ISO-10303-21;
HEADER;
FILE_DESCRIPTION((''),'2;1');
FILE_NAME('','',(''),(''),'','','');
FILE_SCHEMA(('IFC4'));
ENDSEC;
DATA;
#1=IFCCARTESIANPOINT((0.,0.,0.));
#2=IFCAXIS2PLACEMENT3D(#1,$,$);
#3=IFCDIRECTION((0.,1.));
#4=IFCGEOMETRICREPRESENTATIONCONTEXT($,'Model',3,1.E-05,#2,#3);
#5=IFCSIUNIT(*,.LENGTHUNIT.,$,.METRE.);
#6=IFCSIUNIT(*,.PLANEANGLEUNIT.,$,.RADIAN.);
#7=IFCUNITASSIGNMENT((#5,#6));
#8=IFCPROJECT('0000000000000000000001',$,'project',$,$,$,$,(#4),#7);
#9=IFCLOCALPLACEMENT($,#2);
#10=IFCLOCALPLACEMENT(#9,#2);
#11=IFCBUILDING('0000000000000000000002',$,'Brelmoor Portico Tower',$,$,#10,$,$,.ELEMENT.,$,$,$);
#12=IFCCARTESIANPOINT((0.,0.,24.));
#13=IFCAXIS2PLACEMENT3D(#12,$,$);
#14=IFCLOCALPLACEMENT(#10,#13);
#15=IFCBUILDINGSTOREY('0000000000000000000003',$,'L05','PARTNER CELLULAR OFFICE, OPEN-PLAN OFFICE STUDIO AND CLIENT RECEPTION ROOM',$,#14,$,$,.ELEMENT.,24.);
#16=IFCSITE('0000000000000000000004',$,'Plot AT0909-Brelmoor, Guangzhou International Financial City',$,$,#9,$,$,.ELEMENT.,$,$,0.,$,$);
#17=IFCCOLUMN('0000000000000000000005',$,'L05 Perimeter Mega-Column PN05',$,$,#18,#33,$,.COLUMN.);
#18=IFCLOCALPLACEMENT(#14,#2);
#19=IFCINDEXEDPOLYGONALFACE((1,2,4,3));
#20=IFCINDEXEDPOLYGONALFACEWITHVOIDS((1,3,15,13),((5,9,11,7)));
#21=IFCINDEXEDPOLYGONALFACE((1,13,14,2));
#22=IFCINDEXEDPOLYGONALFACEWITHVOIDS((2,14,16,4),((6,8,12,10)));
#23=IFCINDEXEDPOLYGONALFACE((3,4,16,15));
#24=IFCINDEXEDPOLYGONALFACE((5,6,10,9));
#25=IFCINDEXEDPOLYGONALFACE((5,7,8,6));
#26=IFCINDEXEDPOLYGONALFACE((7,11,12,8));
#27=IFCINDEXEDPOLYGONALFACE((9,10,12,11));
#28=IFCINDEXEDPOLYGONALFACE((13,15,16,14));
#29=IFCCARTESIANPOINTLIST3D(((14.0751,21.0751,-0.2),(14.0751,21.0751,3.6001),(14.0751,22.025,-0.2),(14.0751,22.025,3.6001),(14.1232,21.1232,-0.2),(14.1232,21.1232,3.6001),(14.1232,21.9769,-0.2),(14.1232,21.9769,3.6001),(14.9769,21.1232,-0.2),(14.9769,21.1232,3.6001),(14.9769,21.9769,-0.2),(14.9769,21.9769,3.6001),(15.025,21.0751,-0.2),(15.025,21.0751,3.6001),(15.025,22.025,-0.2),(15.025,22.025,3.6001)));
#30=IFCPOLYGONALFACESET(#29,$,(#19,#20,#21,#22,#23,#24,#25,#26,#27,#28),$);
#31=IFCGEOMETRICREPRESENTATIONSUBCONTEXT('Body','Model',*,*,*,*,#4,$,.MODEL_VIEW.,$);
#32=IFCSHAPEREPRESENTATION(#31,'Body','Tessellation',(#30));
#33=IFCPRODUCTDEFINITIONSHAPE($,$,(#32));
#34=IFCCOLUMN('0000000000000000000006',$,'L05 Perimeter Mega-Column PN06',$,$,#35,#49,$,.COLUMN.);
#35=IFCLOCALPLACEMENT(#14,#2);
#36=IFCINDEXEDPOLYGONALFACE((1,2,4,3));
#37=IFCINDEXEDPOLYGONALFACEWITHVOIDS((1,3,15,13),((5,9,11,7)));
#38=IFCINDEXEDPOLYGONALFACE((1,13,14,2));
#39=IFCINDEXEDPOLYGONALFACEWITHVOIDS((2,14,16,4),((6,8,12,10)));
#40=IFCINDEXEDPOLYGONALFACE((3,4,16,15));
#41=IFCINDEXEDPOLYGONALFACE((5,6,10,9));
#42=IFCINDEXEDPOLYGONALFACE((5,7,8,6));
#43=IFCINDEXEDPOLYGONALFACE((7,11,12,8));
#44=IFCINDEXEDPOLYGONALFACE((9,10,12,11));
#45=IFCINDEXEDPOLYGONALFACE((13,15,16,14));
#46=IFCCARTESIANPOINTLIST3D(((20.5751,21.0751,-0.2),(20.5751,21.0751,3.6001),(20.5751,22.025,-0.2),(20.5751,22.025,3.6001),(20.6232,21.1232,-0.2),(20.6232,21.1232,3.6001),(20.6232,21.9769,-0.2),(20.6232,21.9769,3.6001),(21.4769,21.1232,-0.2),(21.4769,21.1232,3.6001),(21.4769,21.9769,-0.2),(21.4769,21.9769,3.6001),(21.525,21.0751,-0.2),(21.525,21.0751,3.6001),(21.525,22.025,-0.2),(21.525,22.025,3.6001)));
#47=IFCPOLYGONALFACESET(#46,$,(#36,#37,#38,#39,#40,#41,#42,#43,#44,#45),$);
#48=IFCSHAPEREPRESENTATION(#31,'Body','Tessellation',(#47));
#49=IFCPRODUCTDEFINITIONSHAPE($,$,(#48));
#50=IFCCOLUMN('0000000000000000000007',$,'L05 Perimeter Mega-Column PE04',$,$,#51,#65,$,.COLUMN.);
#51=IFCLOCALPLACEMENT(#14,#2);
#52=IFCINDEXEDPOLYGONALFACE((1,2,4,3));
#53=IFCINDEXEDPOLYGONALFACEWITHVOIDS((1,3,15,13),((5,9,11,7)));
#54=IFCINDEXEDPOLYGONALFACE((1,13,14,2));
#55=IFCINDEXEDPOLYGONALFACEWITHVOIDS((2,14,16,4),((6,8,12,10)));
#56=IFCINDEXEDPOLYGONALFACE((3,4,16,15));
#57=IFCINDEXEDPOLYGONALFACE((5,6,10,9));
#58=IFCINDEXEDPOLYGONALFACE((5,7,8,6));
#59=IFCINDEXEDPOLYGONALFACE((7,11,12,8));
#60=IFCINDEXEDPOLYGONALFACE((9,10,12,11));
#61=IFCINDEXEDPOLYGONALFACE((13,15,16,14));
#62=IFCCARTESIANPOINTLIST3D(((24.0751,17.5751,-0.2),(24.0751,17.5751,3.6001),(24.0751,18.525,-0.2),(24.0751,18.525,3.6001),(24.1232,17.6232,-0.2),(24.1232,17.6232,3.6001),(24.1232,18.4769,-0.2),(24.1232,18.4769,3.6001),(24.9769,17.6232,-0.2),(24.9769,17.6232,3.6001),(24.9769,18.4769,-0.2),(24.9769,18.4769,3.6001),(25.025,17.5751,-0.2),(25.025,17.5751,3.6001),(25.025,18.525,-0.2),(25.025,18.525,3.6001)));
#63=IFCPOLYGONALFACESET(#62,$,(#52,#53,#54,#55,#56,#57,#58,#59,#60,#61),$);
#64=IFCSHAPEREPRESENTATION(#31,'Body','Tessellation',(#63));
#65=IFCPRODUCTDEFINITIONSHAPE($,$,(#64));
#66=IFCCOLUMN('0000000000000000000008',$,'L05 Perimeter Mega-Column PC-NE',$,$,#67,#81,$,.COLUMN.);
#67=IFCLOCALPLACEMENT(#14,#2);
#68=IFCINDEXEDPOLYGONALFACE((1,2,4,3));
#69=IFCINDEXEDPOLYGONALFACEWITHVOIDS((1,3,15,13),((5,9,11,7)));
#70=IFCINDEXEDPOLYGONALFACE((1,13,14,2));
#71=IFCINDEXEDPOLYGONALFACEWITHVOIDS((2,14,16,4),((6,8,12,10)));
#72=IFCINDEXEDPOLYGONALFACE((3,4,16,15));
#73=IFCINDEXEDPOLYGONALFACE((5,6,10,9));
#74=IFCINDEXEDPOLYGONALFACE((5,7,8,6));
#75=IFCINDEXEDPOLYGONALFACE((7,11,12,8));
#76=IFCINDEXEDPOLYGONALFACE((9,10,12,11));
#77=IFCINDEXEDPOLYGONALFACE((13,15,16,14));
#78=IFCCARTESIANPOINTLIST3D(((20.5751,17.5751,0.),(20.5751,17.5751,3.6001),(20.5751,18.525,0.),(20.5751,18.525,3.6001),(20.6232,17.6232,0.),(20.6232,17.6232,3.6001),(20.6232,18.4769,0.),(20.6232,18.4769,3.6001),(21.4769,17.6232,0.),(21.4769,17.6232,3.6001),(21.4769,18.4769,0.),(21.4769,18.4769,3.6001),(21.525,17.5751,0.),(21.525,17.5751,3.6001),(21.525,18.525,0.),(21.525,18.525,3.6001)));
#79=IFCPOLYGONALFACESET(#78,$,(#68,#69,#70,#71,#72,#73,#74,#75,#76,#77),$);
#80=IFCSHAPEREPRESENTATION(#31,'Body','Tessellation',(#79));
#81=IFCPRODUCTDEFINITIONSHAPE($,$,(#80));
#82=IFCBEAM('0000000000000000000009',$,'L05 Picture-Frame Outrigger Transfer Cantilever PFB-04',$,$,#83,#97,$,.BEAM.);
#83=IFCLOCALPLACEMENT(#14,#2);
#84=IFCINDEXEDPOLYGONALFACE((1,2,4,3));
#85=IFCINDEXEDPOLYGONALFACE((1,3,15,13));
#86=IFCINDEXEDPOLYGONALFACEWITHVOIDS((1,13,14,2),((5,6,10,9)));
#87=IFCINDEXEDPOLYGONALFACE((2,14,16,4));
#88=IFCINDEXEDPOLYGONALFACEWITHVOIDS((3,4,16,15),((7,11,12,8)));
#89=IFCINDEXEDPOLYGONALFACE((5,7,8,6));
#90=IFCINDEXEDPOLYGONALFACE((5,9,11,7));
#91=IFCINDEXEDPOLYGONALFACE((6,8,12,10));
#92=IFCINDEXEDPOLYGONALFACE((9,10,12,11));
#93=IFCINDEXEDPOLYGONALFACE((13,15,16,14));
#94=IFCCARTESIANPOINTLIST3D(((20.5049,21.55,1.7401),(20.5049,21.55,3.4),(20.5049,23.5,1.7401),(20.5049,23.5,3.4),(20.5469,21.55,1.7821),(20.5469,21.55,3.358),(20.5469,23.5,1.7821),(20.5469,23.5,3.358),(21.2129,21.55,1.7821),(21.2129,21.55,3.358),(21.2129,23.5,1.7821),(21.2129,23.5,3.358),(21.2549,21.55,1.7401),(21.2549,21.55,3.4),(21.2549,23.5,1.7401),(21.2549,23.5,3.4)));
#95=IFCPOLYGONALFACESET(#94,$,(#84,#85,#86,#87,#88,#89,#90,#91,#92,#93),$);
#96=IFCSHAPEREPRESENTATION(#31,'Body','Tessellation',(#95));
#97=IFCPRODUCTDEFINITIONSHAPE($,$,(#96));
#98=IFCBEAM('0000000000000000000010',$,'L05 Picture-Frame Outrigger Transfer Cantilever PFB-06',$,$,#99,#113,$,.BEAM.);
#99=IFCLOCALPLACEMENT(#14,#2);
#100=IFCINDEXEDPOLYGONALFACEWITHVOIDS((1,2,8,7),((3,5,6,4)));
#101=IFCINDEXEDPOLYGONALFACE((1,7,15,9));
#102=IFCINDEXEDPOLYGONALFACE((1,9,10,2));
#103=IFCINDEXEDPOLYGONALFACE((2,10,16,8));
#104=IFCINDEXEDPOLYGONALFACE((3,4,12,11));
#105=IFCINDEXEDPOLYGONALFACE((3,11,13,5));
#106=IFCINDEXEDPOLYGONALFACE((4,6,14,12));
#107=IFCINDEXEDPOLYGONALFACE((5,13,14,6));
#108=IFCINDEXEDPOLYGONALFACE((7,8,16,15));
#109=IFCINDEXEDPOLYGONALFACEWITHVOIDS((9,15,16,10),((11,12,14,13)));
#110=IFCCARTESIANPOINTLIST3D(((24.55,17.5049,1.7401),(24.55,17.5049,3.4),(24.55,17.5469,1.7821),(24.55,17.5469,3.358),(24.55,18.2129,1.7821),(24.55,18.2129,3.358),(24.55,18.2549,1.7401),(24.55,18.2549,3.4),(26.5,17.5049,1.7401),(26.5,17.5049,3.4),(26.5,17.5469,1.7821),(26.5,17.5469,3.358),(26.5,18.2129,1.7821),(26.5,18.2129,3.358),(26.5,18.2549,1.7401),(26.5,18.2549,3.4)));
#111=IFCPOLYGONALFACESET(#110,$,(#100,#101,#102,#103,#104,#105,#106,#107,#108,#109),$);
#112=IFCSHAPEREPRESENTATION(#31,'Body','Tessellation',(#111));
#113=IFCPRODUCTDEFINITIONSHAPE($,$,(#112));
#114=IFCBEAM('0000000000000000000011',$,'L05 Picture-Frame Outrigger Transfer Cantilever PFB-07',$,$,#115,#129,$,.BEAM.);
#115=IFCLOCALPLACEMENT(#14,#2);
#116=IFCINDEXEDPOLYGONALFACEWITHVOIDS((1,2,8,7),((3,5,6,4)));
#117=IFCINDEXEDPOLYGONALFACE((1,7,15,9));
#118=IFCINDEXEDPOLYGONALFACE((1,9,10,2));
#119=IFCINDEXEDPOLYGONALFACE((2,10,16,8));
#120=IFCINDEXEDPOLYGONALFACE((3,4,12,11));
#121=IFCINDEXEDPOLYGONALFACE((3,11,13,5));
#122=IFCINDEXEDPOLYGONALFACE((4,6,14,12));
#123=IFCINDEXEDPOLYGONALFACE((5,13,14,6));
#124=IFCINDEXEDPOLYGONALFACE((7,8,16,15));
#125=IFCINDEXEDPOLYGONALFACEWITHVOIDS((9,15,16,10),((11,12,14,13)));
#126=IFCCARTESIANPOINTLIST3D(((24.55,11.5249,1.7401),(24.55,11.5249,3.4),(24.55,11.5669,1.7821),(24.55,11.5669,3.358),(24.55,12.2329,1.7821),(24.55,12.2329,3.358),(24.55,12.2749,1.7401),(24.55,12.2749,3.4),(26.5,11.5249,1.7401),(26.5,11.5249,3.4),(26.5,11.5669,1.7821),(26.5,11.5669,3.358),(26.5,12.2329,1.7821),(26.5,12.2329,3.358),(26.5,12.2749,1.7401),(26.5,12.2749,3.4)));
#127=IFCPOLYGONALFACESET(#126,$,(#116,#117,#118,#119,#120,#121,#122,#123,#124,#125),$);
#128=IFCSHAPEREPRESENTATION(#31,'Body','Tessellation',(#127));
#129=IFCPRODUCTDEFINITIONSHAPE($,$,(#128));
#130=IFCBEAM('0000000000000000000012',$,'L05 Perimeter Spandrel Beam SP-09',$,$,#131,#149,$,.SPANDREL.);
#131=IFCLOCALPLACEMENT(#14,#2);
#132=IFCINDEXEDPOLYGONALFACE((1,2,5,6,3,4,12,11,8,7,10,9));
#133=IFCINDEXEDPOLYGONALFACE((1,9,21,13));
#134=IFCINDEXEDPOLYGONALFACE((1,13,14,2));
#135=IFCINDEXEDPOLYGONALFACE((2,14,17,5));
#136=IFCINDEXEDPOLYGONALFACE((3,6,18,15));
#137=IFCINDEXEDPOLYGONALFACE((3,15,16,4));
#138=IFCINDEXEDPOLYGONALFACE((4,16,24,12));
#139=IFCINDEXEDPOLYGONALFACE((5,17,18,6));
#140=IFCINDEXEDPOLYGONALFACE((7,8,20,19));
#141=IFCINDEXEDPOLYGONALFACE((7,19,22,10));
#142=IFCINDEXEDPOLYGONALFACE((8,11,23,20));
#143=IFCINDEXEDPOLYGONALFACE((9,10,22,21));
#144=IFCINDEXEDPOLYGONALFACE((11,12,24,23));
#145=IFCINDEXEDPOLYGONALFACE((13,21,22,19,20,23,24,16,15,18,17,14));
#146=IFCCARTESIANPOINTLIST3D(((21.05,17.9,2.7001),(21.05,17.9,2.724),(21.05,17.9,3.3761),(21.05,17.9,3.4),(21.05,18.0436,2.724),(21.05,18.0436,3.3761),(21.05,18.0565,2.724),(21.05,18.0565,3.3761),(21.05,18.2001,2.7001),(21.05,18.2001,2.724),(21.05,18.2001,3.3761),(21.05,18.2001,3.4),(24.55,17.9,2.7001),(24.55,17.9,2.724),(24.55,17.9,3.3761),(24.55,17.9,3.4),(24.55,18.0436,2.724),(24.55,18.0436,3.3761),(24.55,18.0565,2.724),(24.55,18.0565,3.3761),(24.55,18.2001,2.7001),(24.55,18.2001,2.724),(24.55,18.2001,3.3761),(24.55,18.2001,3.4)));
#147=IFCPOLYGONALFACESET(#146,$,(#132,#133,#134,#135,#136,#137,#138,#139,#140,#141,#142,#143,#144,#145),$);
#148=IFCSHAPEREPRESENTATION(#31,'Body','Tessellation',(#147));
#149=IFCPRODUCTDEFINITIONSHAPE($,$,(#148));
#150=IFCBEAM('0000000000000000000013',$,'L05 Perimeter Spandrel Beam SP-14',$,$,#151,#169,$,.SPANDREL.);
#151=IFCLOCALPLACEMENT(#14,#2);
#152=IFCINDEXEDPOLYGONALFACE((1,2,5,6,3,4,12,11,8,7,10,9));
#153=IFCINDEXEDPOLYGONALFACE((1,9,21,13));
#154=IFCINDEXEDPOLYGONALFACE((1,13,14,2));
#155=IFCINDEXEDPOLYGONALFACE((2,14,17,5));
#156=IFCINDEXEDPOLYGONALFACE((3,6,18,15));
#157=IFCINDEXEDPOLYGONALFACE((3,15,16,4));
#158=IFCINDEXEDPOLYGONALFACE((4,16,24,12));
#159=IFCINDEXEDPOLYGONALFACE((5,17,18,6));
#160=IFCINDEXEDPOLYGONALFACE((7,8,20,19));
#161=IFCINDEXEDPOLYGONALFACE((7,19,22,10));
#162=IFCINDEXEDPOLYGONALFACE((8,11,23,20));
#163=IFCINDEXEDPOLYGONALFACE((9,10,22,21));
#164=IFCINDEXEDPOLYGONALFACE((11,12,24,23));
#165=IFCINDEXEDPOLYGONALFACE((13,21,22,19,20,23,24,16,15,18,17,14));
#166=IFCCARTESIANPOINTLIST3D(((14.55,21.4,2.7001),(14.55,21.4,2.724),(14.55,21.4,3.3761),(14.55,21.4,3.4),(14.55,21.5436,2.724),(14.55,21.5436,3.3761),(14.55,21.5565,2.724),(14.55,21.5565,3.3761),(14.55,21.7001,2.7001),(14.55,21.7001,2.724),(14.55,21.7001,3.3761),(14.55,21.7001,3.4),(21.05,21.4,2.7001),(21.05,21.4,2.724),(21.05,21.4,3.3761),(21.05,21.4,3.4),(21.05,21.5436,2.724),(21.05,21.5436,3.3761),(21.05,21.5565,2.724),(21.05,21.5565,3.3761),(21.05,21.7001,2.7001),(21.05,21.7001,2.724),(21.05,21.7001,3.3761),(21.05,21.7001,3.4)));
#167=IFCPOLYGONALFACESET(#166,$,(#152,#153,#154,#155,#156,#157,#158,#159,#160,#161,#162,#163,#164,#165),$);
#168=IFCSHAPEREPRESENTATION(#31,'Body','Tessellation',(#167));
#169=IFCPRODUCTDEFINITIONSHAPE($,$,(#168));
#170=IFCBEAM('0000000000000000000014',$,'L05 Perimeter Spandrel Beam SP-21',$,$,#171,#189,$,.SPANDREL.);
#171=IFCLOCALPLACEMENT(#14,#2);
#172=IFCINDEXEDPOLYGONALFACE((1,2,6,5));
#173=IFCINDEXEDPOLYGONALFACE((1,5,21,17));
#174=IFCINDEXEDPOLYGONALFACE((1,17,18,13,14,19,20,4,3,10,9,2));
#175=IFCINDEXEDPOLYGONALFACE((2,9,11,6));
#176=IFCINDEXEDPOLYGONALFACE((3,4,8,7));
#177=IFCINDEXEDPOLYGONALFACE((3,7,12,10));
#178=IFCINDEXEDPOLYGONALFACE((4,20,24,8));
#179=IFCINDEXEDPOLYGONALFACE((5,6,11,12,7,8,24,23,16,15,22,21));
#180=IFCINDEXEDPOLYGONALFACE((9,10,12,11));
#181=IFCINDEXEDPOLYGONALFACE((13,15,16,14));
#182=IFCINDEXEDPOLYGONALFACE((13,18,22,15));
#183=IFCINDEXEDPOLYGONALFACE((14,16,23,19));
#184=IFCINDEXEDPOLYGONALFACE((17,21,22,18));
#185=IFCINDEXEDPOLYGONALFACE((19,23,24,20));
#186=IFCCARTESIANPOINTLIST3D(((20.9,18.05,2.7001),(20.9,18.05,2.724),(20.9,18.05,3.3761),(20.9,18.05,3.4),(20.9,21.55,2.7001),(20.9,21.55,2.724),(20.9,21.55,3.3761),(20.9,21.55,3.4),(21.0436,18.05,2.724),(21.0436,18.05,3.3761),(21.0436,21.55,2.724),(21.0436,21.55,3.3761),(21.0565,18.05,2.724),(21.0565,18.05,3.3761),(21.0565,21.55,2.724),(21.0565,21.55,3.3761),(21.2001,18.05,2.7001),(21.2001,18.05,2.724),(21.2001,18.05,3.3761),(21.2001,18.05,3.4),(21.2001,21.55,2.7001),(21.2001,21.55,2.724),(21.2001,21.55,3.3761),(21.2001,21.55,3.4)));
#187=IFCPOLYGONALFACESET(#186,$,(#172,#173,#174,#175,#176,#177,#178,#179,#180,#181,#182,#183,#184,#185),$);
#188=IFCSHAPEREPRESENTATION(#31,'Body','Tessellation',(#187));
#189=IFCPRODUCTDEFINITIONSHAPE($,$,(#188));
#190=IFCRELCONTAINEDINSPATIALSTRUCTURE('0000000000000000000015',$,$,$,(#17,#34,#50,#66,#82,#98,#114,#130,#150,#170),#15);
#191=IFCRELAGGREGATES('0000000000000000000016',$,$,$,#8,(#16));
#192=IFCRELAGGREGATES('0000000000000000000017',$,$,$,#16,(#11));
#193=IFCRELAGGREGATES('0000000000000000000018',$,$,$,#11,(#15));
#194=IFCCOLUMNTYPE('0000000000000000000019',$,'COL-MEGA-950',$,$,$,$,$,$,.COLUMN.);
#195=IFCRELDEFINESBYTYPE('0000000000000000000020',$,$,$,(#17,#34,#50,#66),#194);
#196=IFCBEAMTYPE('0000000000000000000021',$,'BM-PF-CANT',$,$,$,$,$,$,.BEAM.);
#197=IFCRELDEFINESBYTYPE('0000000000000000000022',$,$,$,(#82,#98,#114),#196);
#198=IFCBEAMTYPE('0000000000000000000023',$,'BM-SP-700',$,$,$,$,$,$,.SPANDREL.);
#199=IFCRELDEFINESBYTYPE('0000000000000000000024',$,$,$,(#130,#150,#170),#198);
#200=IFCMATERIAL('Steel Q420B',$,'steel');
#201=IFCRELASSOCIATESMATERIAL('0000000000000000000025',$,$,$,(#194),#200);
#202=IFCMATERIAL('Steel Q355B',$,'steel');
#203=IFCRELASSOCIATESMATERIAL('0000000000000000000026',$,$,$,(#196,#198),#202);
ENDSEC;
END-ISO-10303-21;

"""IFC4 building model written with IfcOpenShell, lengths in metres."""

from ifc_helpers import new_model, si_unit, direction, frame, origin, origin_2d, place, context, subcontext, project, spatial, hollow_rectangle, i_section, extrude, material, material_profile, profile_set, type_object, element, save


model = new_model("IFC4")

# Units and contexts
model_context = context("Model", 3, precision=1e-05, world=origin(), true_north=direction((0.0, 1.0)))
body_context = subcontext(model_context, "Body", "Model", "MODEL_VIEW")
ifc_project = project(units=[si_unit("LENGTHUNIT", "METRE"), si_unit("PLANEANGLEUNIT", "RADIAN")], contexts=[model_context])

# Site, building, storey
site_placement = place(None, origin())
site = spatial("IfcSite", under=ifc_project, at=site_placement, Name="Plot AT0909-Brelmoor, Guangzhou International Financial City", CompositionType="ELEMENT", RefElevation=0.0)
building_placement = place(site_placement, origin())
building = spatial("IfcBuilding", under=site, at=building_placement, Name="Brelmoor Portico Tower", CompositionType="ELEMENT")
storey_placement = place(building_placement, frame((0.0, 0.0, 24.0)))
storey = spatial("IfcBuildingStorey", under=building, at=storey_placement, Name="L05", Description="PARTNER CELLULAR OFFICE, OPEN-PLAN OFFICE STUDIO AND CLIENT RECEPTION ROOM", CompositionType="ELEMENT", Elevation=24.0)

# Columns
ifc_material_1 = material(Name="Steel Q420B", Category="steel")
ifc_material_profile_1 = material_profile(ifc_material_1, hollow_rectangle(XDim=0.95, YDim=0.95, WallThickness=0.0481, at=origin_2d()), Name="BOX 950x950x48")
ifc_profile_set_1 = profile_set([ifc_material_profile_1], Name="Steel Q420B")
column_type = type_object("IfcColumnType", Name="COL-MEGA-950", PredefinedType="COLUMN", material=ifc_profile_set_1)
for number, where, z_axis, x_axis, name in (
    (1, (14.55, 21.55, -0.2), (0.0, 0.0, 1.0), (1.0, 0.0, 0.0), "L05 Perimeter Mega-Column PN05"),
    (2, (21.05, 21.55, -0.2), (0.0, 0.0, 1.0), (1.0, 0.0, 0.0), "L05 Perimeter Mega-Column PN06"),
    (3, (24.55, 18.05, -0.2), (0.0, 0.0, 1.0), (0.0, 1.0, 0.0), "L05 Perimeter Mega-Column PE04"),
):
    element("IfcColumn", number, at=place(storey_placement, frame(where, z_axis=z_axis, x_axis=x_axis)), inside=storey, type_object=column_type, Name=name, PredefinedType="COLUMN", context=body_context, shape_type="SweptSolid", body=[
        extrude(hollow_rectangle(XDim=0.95, YDim=0.95, WallThickness=0.0481, at=origin_2d()), origin(), (0.0, 0.0, 1.0), 3.8),
    ])
column_placement = place(storey_placement, frame((21.05, 18.05, 0.0), z_axis=(0.0, 0.0, 1.0), x_axis=(1.0, 0.0, 0.0)))
element("IfcColumn", 4, at=column_placement, inside=storey, type_object=column_type, Name="L05 Perimeter Mega-Column PC-NE", PredefinedType="COLUMN", context=body_context, shape_type="SweptSolid", body=[
    extrude(hollow_rectangle(XDim=0.95, YDim=0.95, WallThickness=0.0481, at=origin_2d()), origin(), (0.0, 0.0, 1.0), 3.6001),
])

# Beams
ifc_material_2 = material(Name="Steel Q355B", Category="steel")
ifc_material_profile_2 = material_profile(ifc_material_2, hollow_rectangle(XDim=0.75, YDim=1.6599, WallThickness=0.042, at=origin_2d()), Name="BOX 750x1660x42")
ifc_profile_set_2 = profile_set([ifc_material_profile_2], Name="Steel Q355B")
beam_type_1 = type_object("IfcBeamType", Name="BM-PF-CANT", PredefinedType="BEAM", material=ifc_profile_set_2)
for number, where, z_axis, x_axis, name in (
    (5, (20.8799, 21.55, 2.5701), (0.0, 1.0, 0.0), (-1.0, 0.0, 0.0), "L05 Picture-Frame Outrigger Transfer Cantilever PFB-04"),
    (6, (24.55, 17.8799, 2.5701), (1.0, 0.0, 0.0), (0.0, 1.0, 0.0), "L05 Picture-Frame Outrigger Transfer Cantilever PFB-06"),
    (7, (24.55, 11.8999, 2.5701), (1.0, 0.0, 0.0), (0.0, 1.0, 0.0), "L05 Picture-Frame Outrigger Transfer Cantilever PFB-07"),
):
    element("IfcBeam", number, at=place(storey_placement, frame(where, z_axis=z_axis, x_axis=x_axis)), inside=storey, type_object=beam_type_1, Name=name, PredefinedType="BEAM", context=body_context, shape_type="SweptSolid", body=[
        extrude(hollow_rectangle(XDim=0.75, YDim=1.6599, WallThickness=0.042, at=origin_2d()), origin(), (0.0, 0.0, 1.0), 1.95),
    ])
ifc_material_profile_3 = material_profile(ifc_material_2, i_section(OverallWidth=0.3, OverallDepth=0.7, WebThickness=0.0129, FlangeThickness=0.0239, at=origin_2d()), Name="HN 700x300x13x24")
ifc_profile_set_3 = profile_set([ifc_material_profile_3], Name="Steel Q355B")
beam_type_2 = type_object("IfcBeamType", Name="BM-SP-700", PredefinedType="SPANDREL", material=ifc_profile_set_3)
beam_1_placement = place(storey_placement, frame((21.05, 18.05, 3.05), z_axis=(1.0, 0.0, 0.0), x_axis=(0.0, 1.0, 0.0)))
element("IfcBeam", 8, at=beam_1_placement, inside=storey, type_object=beam_type_2, Name="L05 Perimeter Spandrel Beam SP-09", PredefinedType="SPANDREL", context=body_context, shape_type="SweptSolid", body=[
    extrude(i_section(OverallWidth=0.3, OverallDepth=0.7, WebThickness=0.0129, FlangeThickness=0.0239, at=origin_2d()), origin(), (0.0, 0.0, 1.0), 3.5),
])
beam_2_placement = place(storey_placement, frame((14.55, 21.55, 3.05), z_axis=(1.0, 0.0, 0.0), x_axis=(0.0, 1.0, 0.0)))
element("IfcBeam", 9, at=beam_2_placement, inside=storey, type_object=beam_type_2, Name="L05 Perimeter Spandrel Beam SP-14", PredefinedType="SPANDREL", context=body_context, shape_type="SweptSolid", body=[
    extrude(i_section(OverallWidth=0.3, OverallDepth=0.7, WebThickness=0.0129, FlangeThickness=0.0239, at=origin_2d()), origin(), (0.0, 0.0, 1.0), 6.5),
])
beam_3_placement = place(storey_placement, frame((21.05, 18.05, 3.05), z_axis=(0.0, 1.0, 0.0), x_axis=(-1.0, 0.0, 0.0)))
element("IfcBeam", 10, at=beam_3_placement, inside=storey, type_object=beam_type_2, Name="L05 Perimeter Spandrel Beam SP-21", PredefinedType="SPANDREL", context=body_context, shape_type="SweptSolid", body=[
    extrude(i_section(OverallWidth=0.3, OverallDepth=0.7, WebThickness=0.0129, FlangeThickness=0.0239, at=origin_2d()), origin(), (0.0, 0.0, 1.0), 3.5),
])

save(model, "model.ifc")
